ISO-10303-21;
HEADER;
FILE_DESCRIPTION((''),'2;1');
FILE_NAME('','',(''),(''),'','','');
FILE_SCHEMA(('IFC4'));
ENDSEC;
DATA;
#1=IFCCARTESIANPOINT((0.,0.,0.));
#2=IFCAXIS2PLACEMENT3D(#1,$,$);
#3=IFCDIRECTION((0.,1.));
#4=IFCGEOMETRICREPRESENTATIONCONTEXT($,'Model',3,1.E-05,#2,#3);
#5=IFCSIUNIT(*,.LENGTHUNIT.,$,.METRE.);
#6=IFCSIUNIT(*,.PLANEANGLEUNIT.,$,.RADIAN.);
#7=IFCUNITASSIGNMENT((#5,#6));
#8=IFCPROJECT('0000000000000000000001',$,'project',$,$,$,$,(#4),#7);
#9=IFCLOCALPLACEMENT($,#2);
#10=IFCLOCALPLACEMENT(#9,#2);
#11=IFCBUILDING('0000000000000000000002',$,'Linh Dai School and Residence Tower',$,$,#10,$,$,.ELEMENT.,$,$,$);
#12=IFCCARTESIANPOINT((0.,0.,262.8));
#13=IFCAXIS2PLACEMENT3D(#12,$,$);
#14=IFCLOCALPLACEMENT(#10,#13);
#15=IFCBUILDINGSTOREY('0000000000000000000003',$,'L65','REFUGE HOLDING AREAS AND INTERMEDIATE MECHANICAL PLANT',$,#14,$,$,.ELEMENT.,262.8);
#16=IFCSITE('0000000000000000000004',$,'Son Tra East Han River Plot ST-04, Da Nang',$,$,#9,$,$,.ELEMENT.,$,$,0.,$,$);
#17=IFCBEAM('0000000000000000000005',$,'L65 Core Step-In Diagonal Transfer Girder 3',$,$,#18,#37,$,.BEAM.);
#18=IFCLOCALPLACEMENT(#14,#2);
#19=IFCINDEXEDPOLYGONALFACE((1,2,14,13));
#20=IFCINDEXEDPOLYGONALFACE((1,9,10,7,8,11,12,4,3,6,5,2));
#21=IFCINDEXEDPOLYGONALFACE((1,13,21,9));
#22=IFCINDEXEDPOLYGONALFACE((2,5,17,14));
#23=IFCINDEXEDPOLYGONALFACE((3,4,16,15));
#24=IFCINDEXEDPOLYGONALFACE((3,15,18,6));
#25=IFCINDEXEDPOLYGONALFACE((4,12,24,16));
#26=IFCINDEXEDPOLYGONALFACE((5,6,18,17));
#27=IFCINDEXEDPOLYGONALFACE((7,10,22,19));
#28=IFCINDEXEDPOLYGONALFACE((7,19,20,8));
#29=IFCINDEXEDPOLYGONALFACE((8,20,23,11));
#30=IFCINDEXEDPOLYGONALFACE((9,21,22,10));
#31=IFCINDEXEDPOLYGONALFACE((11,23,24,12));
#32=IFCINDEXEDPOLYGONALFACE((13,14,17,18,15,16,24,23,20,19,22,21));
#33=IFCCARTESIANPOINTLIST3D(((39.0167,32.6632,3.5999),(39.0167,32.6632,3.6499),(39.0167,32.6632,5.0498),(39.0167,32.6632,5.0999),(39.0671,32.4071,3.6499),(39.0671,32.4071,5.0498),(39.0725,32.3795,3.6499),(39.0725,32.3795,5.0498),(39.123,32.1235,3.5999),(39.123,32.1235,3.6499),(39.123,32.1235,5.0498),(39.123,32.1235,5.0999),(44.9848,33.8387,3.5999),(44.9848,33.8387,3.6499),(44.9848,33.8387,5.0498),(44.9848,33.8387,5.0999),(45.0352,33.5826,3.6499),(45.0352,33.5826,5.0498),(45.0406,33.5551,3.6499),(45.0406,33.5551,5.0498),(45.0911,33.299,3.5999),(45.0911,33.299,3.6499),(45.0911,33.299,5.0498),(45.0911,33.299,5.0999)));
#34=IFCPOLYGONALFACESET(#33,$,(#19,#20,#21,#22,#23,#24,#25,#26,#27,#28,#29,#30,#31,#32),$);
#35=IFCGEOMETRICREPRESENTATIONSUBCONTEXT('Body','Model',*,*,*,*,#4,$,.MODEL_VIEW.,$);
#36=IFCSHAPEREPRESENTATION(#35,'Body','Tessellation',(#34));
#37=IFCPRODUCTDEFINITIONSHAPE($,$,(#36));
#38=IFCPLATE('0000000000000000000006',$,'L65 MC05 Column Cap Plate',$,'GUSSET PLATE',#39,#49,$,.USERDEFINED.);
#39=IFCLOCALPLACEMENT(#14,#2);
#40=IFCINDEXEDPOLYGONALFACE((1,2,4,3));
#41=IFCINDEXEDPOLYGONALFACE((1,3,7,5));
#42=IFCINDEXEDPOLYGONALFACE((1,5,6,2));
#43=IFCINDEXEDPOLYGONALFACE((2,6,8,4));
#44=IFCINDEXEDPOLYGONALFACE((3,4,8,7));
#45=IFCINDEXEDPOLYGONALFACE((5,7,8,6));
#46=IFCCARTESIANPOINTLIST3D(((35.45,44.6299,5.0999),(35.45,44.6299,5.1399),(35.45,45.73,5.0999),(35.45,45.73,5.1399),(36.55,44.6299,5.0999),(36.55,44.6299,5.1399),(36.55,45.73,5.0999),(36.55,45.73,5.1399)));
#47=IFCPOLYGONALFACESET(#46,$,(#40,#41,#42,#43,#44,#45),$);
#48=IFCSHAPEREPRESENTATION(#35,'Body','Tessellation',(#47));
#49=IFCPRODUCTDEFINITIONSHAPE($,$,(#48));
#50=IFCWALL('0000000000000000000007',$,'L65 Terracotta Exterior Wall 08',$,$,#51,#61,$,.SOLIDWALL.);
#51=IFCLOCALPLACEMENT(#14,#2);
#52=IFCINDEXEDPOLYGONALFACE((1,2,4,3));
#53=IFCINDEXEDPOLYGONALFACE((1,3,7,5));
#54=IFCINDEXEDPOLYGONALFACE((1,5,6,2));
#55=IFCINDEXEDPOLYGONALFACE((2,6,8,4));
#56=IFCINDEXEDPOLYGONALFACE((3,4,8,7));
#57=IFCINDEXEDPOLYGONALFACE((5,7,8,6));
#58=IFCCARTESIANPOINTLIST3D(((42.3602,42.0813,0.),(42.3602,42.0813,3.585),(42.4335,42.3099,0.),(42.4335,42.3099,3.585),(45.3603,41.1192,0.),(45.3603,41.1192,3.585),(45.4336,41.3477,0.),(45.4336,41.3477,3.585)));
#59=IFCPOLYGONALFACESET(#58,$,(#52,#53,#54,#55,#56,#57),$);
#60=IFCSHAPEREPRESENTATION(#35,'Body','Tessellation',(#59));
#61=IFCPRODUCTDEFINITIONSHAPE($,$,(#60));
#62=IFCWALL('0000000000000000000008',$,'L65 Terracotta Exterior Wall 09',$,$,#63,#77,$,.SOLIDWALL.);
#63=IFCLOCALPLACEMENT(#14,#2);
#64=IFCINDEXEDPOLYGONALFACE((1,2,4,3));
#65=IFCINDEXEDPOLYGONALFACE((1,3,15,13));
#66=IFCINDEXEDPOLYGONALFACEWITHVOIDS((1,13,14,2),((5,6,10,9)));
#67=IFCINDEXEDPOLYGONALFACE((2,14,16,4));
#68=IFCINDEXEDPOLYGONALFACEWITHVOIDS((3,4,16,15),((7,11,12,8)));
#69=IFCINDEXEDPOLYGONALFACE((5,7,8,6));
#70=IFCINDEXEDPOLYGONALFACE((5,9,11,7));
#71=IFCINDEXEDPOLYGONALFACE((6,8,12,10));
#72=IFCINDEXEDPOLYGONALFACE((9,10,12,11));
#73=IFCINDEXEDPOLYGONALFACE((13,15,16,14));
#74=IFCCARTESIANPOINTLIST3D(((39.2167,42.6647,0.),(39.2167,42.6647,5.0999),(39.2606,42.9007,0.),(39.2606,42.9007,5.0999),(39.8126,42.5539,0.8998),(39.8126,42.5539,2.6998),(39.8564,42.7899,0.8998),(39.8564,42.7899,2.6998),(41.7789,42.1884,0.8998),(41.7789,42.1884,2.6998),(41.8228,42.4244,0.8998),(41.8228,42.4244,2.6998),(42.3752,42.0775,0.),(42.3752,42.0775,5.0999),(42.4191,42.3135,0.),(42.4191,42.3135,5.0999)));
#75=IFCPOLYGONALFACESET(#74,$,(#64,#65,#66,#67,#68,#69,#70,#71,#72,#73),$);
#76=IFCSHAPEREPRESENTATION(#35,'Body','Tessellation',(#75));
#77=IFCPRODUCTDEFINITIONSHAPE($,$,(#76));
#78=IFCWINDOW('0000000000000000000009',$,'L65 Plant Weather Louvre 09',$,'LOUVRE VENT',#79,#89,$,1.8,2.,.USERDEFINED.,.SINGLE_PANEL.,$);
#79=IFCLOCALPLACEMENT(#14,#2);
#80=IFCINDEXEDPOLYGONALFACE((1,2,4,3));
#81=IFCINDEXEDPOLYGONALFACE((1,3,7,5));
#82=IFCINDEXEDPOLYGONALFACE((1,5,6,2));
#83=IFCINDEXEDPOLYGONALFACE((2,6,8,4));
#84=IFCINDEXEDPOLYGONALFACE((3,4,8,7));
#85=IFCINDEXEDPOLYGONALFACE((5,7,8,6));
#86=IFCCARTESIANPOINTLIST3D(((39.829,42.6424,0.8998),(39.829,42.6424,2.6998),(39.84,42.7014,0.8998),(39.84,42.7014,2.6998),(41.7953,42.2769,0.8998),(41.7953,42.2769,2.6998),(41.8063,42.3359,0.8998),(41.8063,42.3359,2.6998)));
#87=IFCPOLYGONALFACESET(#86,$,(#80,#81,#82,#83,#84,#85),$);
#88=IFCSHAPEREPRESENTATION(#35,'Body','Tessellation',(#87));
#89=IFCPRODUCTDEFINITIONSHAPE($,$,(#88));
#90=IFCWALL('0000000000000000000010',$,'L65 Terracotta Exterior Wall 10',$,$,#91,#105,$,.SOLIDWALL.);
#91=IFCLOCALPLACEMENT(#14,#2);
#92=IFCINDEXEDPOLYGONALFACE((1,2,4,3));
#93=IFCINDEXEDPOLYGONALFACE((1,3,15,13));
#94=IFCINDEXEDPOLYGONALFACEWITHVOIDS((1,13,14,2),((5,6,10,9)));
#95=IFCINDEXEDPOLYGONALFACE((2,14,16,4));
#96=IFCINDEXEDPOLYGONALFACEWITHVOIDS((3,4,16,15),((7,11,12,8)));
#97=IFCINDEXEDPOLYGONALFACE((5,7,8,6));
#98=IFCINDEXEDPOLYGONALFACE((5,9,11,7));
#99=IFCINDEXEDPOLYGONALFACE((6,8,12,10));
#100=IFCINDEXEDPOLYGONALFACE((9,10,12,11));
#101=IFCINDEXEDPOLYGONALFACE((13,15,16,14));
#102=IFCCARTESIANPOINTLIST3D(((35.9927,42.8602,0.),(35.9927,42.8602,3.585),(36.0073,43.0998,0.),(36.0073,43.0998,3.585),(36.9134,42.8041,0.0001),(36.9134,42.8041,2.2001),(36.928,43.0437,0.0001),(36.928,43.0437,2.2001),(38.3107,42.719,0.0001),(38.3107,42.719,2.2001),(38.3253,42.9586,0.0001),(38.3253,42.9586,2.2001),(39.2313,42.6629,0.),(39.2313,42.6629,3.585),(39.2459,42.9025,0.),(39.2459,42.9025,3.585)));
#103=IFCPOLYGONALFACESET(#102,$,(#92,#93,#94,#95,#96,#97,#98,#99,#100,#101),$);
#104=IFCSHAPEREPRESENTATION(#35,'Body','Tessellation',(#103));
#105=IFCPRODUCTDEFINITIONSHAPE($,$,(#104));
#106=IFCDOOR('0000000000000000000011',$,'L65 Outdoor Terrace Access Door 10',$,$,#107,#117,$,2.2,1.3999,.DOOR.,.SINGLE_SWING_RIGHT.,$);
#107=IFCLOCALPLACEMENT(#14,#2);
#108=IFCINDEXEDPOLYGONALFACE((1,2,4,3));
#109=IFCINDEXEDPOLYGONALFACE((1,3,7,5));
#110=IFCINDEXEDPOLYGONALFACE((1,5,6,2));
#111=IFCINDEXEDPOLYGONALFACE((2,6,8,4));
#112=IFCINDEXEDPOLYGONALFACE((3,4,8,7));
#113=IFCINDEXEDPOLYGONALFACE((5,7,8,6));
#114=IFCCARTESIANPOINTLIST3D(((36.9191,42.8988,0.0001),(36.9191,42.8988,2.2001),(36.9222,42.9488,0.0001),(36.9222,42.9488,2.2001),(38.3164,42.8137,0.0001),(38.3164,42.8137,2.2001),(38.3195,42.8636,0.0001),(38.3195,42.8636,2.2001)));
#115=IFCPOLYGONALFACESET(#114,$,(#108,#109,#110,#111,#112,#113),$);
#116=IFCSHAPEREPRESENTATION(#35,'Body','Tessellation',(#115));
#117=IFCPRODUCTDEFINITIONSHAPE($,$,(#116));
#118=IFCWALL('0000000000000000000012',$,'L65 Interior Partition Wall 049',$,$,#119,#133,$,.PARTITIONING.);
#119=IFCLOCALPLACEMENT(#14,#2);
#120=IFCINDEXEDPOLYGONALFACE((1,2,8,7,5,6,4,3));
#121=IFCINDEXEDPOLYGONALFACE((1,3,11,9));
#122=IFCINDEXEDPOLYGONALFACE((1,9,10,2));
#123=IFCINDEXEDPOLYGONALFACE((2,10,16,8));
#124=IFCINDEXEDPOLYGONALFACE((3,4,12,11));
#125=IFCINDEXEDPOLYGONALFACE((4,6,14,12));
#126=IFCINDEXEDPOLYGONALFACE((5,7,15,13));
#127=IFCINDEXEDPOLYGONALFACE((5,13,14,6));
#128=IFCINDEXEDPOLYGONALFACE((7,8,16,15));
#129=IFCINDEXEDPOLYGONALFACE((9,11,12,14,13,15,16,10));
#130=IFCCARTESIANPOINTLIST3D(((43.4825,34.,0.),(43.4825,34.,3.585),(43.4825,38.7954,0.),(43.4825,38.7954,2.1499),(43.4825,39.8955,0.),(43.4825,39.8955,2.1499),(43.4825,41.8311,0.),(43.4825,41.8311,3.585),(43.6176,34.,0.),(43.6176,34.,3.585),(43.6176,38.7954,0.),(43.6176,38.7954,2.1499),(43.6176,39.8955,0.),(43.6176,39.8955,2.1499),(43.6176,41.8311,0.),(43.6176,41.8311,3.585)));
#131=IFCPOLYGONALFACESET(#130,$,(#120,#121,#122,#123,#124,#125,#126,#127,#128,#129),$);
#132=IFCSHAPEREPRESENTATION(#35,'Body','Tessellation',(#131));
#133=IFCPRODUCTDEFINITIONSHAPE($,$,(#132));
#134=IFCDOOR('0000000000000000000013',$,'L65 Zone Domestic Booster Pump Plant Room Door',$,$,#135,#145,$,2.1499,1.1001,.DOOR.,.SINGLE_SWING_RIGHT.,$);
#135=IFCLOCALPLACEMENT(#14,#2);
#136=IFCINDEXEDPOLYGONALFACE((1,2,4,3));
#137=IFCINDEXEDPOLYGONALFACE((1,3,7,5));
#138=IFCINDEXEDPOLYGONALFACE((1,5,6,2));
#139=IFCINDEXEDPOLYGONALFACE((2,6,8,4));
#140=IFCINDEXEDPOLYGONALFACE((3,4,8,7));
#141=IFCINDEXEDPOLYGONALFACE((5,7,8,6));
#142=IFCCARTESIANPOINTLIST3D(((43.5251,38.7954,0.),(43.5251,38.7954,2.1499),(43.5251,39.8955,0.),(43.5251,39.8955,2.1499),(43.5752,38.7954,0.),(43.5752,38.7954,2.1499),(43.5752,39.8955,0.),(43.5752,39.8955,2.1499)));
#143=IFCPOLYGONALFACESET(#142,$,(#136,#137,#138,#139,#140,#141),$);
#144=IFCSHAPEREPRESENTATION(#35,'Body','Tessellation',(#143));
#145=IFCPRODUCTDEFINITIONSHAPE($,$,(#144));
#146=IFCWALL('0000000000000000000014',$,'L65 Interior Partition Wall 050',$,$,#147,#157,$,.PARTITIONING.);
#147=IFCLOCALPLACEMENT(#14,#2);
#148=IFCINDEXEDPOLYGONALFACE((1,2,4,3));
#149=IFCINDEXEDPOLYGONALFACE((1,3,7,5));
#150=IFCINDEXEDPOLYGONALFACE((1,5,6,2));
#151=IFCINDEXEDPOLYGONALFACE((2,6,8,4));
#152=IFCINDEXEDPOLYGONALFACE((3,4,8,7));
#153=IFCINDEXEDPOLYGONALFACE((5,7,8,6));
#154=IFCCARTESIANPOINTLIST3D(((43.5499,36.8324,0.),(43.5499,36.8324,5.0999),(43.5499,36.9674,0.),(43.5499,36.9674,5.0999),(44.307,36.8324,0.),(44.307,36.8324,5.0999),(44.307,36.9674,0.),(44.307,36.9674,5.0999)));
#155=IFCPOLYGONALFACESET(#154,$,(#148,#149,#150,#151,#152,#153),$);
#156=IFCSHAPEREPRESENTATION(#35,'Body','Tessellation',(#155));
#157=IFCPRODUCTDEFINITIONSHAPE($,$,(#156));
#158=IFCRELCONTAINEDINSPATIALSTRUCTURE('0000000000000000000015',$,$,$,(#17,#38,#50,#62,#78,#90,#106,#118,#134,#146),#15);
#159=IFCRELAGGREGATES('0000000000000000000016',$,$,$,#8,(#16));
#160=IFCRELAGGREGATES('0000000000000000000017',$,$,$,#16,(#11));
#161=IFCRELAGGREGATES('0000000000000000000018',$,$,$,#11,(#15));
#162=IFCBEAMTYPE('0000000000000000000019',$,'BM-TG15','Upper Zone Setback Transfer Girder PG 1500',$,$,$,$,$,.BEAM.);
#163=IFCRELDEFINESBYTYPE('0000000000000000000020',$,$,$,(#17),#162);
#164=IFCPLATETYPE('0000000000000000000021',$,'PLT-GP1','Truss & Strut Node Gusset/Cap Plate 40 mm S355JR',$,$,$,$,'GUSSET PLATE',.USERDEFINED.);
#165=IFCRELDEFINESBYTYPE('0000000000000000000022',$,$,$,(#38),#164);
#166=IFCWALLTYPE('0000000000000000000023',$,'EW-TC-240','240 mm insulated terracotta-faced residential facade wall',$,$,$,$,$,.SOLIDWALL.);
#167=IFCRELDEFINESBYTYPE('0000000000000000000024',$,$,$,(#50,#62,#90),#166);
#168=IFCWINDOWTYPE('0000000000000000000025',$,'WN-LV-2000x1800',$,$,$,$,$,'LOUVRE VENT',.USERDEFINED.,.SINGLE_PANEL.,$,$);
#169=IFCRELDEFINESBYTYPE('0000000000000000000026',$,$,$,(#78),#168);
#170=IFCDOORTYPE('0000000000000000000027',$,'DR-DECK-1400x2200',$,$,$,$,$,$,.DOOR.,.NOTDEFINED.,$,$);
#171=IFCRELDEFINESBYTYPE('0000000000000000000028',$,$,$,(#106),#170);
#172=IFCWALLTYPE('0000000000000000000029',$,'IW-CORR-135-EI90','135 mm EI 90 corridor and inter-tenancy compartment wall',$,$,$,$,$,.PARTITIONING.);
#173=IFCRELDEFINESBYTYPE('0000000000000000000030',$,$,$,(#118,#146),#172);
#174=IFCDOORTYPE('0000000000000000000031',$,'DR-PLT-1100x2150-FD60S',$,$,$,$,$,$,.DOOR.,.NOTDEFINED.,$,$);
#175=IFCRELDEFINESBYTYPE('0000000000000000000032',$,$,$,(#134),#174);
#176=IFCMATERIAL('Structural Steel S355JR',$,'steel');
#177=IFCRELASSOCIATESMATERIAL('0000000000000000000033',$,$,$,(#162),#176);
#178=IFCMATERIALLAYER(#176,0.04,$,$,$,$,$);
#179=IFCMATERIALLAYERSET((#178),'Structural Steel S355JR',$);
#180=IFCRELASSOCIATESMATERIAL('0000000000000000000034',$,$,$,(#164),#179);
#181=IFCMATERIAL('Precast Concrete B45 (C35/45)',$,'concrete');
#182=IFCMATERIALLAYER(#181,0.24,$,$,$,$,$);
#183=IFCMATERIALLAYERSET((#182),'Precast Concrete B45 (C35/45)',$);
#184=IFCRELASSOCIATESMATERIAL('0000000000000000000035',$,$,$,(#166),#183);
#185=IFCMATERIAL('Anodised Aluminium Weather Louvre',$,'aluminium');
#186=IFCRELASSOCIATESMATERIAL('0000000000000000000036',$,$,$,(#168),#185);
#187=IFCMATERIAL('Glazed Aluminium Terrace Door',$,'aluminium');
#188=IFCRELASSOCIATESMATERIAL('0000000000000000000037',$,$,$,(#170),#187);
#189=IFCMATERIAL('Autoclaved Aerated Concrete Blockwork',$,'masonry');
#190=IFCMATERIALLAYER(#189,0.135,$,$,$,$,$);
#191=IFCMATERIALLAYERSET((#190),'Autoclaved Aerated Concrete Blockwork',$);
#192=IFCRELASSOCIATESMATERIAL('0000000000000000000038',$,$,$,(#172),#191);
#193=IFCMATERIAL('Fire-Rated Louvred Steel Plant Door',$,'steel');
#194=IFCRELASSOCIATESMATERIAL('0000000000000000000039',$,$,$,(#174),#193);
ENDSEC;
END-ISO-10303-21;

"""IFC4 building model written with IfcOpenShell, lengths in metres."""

from ifc_helpers import new_model, si_unit, direction, frame, frame_2d, origin, origin_2d, place, context, subcontext, project, spatial, rectangle, i_section, extrude, source, transform, mapped, material, layer, layer_set, material_profile, profile_set, type_object, element, fill, save


model = new_model("IFC4")

# Units and contexts
model_context = context("Model", 3, precision=1e-05, world=origin(), true_north=direction((0.0, 1.0)))
body_context = subcontext(model_context, "Body", "Model", "MODEL_VIEW")
ifc_project = project(units=[si_unit("LENGTHUNIT", "METRE"), si_unit("PLANEANGLEUNIT", "RADIAN")], contexts=[model_context])

# Site, building, storey
site_placement = place(None, origin())
site = spatial("IfcSite", under=ifc_project, at=site_placement, Name="Son Tra East Han River Plot ST-04, Da Nang", CompositionType="ELEMENT", RefElevation=0.0)
building_placement = place(site_placement, origin())
building = spatial("IfcBuilding", under=site, at=building_placement, Name="Linh Dai School and Residence Tower", CompositionType="ELEMENT")
storey_placement = place(building_placement, frame((0.0, 0.0, 262.8)))
storey = spatial("IfcBuildingStorey", under=building, at=storey_placement, Name="L65", Description="REFUGE HOLDING AREAS AND INTERMEDIATE MECHANICAL PLANT", CompositionType="ELEMENT", Elevation=262.8)

# Shared definitions
ifc_material_1 = material(Name="Structural Steel S355JR", Category="steel")

# Beam
ifc_material_profile_1 = material_profile(ifc_material_1, i_section(OverallWidth=0.55, OverallDepth=1.5, WebThickness=0.0281, FlangeThickness=0.05, at=origin_2d()), Name="PG 1500x550x28x50")
ifc_profile_set_1 = profile_set([ifc_material_profile_1], Name="Structural Steel S355JR")
beam_type_1 = type_object("IfcBeamType", Name="BM-TG15", Description="Upper Zone Setback Transfer Girder PG 1500", PredefinedType="BEAM", material=ifc_profile_set_1)
beam_1_placement = place(storey_placement, frame((39.0698, 32.3933, 4.3499), z_axis=(0.981148, 0.193259, 0.0), x_axis=(-0.193259, 0.981148, 0.0)))
element("IfcBeam", 1, at=beam_1_placement, inside=storey, type_object=beam_type_1, Name="L65 Core Step-In Diagonal Transfer Girder 3", PredefinedType="BEAM", context=body_context, shape_type="SweptSolid", body=[
    extrude(i_section(OverallWidth=0.55, OverallDepth=1.5, WebThickness=0.0281, FlangeThickness=0.05, at=origin_2d()), origin(), (0.0, 0.0, 1.0), 6.0828),
])

# Plate
ifc_layer_1 = layer(ifc_material_1, 0.04)
ifc_layer_set_1 = layer_set([ifc_layer_1], Name="Structural Steel S355JR")
plate_type = type_object("IfcPlateType", Name="PLT-GP1", Description="Truss & Strut Node Gusset/Cap Plate 40 mm S355JR", ElementType="GUSSET PLATE", PredefinedType="USERDEFINED", material=ifc_layer_set_1)
shared_shape_1 = source(origin(), body_context, "Body", "SweptSolid", [
    extrude(rectangle(XDim=1.1001, YDim=1.1001, at=origin_2d()), origin(), (0.0, 0.0, 1.0), 0.04),
])
plate_placement = place(storey_placement, frame((36.0, 45.1799, 5.0999), z_axis=(0.0, 0.0, 1.0), x_axis=(1.0, 0.0, 0.0)))
element("IfcPlate", 2, at=plate_placement, inside=storey, type_object=plate_type, Name="L65 MC05 Column Cap Plate", ObjectType="GUSSET PLATE", PredefinedType="USERDEFINED", context=body_context, shape_type="MappedRepresentation", body=[
    mapped(shared_shape_1, transform((0.0, 0.0, 0.0), x_axis=(1.0, 0.0, 0.0), y_axis=(0.0, 1.0, 0.0), z_axis=(0.0, 0.0, 1.0), scale=1.0)),
])

# Wall
ifc_material_2 = material(Name="Precast Concrete B45 (C35/45)", Category="concrete")
ifc_layer_2 = layer(ifc_material_2, 0.24)
ifc_layer_set_2 = layer_set([ifc_layer_2], Name="Precast Concrete B45 (C35/45)")
wall_type_1 = type_object("IfcWallType", Name="EW-TC-240", Description="240 mm insulated terracotta-faced residential facade wall", PredefinedType="SOLIDWALL", material=ifc_layer_set_2)
wall_1_placement = place(storey_placement, frame((42.397, 42.1956, 0.0), z_axis=(0.0, 0.0, 1.0), x_axis=(0.952232, -0.305375, 0.0)))
element("IfcWall", 3, at=wall_1_placement, inside=storey, type_object=wall_type_1, Name="L65 Terracotta Exterior Wall 08", PredefinedType="SOLIDWALL", context=body_context, shape_type="SweptSolid", body=[
    extrude(rectangle(XDim=3.1506, YDim=0.24, at=frame_2d((1.5752, 0.0))), origin(), (0.0, 0.0, 1.0), 3.585),
])

# Wall, opening, window
wall_2_placement = place(storey_placement, frame((39.2385, 42.7827, 0.0), z_axis=(0.0, 0.0, 1.0), x_axis=(0.983156, -0.18277, 0.0)))
wall_2 = element("IfcWall", 4, at=wall_2_placement, inside=storey, type_object=wall_type_1, Name="L65 Terracotta Exterior Wall 09", PredefinedType="SOLIDWALL", context=body_context, shape_type="SweptSolid", body=[
    extrude(rectangle(XDim=3.2126, YDim=0.24, at=frame_2d((1.6064, 0.0))), origin(), (0.0, 0.0, 1.0), 5.0999),
])
opening_1_placement = place(wall_2_placement, frame((0.6062, 0.0, 0.8999)))
opening_1 = element("IfcOpeningElement", 5, at=opening_1_placement, cuts=wall_2, PredefinedType="OPENING", context=body_context, shape_type="SweptSolid", body=[
    extrude(rectangle(XDim=2.0, YDim=1.8, at=origin_2d()), frame((1.0, 0.1299, 0.8999), z_axis=(0.0, -1.0, 0.0), x_axis=(1.0, 0.0, 0.0)), (0.0, 0.0, 1.0), 0.26),
])
ifc_material_3 = material(Name="Anodised Aluminium Weather Louvre", Category="aluminium")
window_type = type_object("IfcWindowType", Name="WN-LV-2000x1800", ElementType="LOUVRE VENT", PartitioningType="SINGLE_PANEL", PredefinedType="USERDEFINED", material=ifc_material_3)
shared_shape_2 = source(origin(), body_context, "Body", "SweptSolid", [
    extrude(rectangle(XDim=2.0, YDim=1.8, at=origin_2d()), frame((1.0, 0.03, 0.8999), z_axis=(0.0, -1.0, 0.0), x_axis=(1.0, 0.0, 0.0)), (0.0, 0.0, 1.0), 0.0601),
])
window_placement = place(opening_1_placement, origin())
window = element("IfcWindow", 6, at=window_placement, inside=storey, type_object=window_type, Name="L65 Plant Weather Louvre 09", ObjectType="LOUVRE VENT", OverallHeight=1.8, OverallWidth=2.0, PartitioningType="SINGLE_PANEL", PredefinedType="USERDEFINED", context=body_context, shape_type="MappedRepresentation", body=[
    mapped(shared_shape_2, transform((0.0, 0.0, 0.0), x_axis=(1.0, 0.0, 0.0), y_axis=(0.0, 1.0, 0.0), z_axis=(0.0, 0.0, 1.0), scale=1.0)),
])
fill(opening_1, window)

# Walls, openings, doors
wall_3_placement = place(storey_placement, frame((36.0, 42.98, 0.0), z_axis=(0.0, 0.0, 1.0), x_axis=(0.99815, -0.060799, 0.0)))
wall_3 = element("IfcWall", 7, at=wall_3_placement, inside=storey, type_object=wall_type_1, Name="L65 Terracotta Exterior Wall 10", PredefinedType="SOLIDWALL", context=body_context, shape_type="SweptSolid", body=[
    extrude(rectangle(XDim=3.2446, YDim=0.24, at=frame_2d((1.6223, 0.0))), origin(), (0.0, 0.0, 1.0), 3.585),
])
opening_2_placement = place(wall_3_placement, frame((0.9224, 0.0, 0.0)))
opening_2 = element("IfcOpeningElement", 8, at=opening_2_placement, cuts=wall_3, PredefinedType="OPENING", context=body_context, shape_type="SweptSolid", body=[
    extrude(rectangle(XDim=1.3999, YDim=2.2, at=origin_2d()), frame((0.7, 0.1299, 1.1001), z_axis=(0.0, -1.0, 0.0), x_axis=(1.0, 0.0, 0.0)), (0.0, 0.0, 1.0), 0.26),
])
ifc_material_4 = material(Name="Glazed Aluminium Terrace Door", Category="aluminium")
door_type_1 = type_object("IfcDoorType", Name="DR-DECK-1400x2200", OperationType="NOTDEFINED", PredefinedType="DOOR", material=ifc_material_4)
shared_shape_3 = source(origin(), body_context, "Body", "SweptSolid", [
    extrude(rectangle(XDim=1.3999, YDim=2.2, at=origin_2d()), frame((0.7, 0.0249, 1.1001), z_axis=(0.0, -1.0, 0.0), x_axis=(1.0, 0.0, 0.0)), (0.0, 0.0, 1.0), 0.05),
])
door_1_placement = place(opening_2_placement, origin())
door_1 = element("IfcDoor", 9, at=door_1_placement, inside=storey, type_object=door_type_1, Name="L65 Outdoor Terrace Access Door 10", OperationType="SINGLE_SWING_RIGHT", OverallHeight=2.2, OverallWidth=1.3999, PredefinedType="DOOR", context=body_context, shape_type="MappedRepresentation", body=[
    mapped(shared_shape_3, transform((0.0, 0.0, 0.0), x_axis=(1.0, 0.0, 0.0), y_axis=(0.0, 1.0, 0.0), z_axis=(0.0, 0.0, 1.0), scale=1.0)),
])
fill(opening_2, door_1)
ifc_material_5 = material(Name="Autoclaved Aerated Concrete Blockwork", Category="masonry")
ifc_layer_3 = layer(ifc_material_5, 0.135)
ifc_layer_set_3 = layer_set([ifc_layer_3], Name="Autoclaved Aerated Concrete Blockwork")
wall_type_2 = type_object("IfcWallType", Name="IW-CORR-135-EI90", Description="135 mm EI 90 corridor and inter-tenancy compartment wall", PredefinedType="PARTITIONING", material=ifc_layer_set_3)
wall_4_placement = place(storey_placement, frame((43.55, 34.0, 0.0), z_axis=(0.0, 0.0, 1.0), x_axis=(0.0, 1.0, 0.0)))
wall_4 = element("IfcWall", 10, at=wall_4_placement, inside=storey, type_object=wall_type_2, Name="L65 Interior Partition Wall 049", PredefinedType="PARTITIONING", context=body_context, shape_type="SweptSolid", body=[
    extrude(rectangle(XDim=7.8311, YDim=0.135, at=frame_2d((3.9155, 0.0))), origin(), (0.0, 0.0, 1.0), 3.585),
])
opening_3_placement = place(wall_4_placement, frame((4.7954, 0.0, 0.0)))
opening_3 = element("IfcOpeningElement", 11, at=opening_3_placement, cuts=wall_4, PredefinedType="OPENING", context=body_context, shape_type="SweptSolid", body=[
    extrude(rectangle(XDim=1.1001, YDim=2.1499, at=origin_2d()), frame((0.55, 0.0776, 1.075), z_axis=(0.0, -1.0, 0.0), x_axis=(1.0, 0.0, 0.0)), (0.0, 0.0, 1.0), 0.155),
])
ifc_material_6 = material(Name="Fire-Rated Louvred Steel Plant Door", Category="steel")
door_type_2 = type_object("IfcDoorType", Name="DR-PLT-1100x2150-FD60S", OperationType="NOTDEFINED", PredefinedType="DOOR", material=ifc_material_6)
shared_shape_4 = source(origin(), body_context, "Body", "SweptSolid", [
    extrude(rectangle(XDim=1.1001, YDim=2.1499, at=origin_2d()), frame((0.55, 0.0249, 1.075), z_axis=(0.0, -1.0, 0.0), x_axis=(1.0, 0.0, 0.0)), (0.0, 0.0, 1.0), 0.05),
])
door_2_placement = place(opening_3_placement, origin())
door_2 = element("IfcDoor", 12, at=door_2_placement, inside=storey, type_object=door_type_2, Name="L65 Zone Domestic Booster Pump Plant Room Door", OperationType="SINGLE_SWING_RIGHT", OverallHeight=2.1499, OverallWidth=1.1001, PredefinedType="DOOR", context=body_context, shape_type="MappedRepresentation", body=[
    mapped(shared_shape_4, transform((0.0, 0.0, 0.0), x_axis=(1.0, 0.0, 0.0), y_axis=(0.0, 1.0, 0.0), z_axis=(0.0, 0.0, 1.0), scale=1.0)),
])
fill(opening_3, door_2)

# Wall
wall_5_placement = place(storey_placement, frame((43.55, 36.8999, 0.0), z_axis=(0.0, 0.0, 1.0), x_axis=(1.0, 0.0, 0.0)))
element("IfcWall", 13, at=wall_5_placement, inside=storey, type_object=wall_type_2, Name="L65 Interior Partition Wall 050", PredefinedType="PARTITIONING", context=body_context, shape_type="SweptSolid", body=[
    extrude(rectangle(XDim=0.7571, YDim=0.135, at=frame_2d((0.3784, 0.0))), origin(), (0.0, 0.0, 1.0), 5.0999),
])

save(model, "model.ifc")
